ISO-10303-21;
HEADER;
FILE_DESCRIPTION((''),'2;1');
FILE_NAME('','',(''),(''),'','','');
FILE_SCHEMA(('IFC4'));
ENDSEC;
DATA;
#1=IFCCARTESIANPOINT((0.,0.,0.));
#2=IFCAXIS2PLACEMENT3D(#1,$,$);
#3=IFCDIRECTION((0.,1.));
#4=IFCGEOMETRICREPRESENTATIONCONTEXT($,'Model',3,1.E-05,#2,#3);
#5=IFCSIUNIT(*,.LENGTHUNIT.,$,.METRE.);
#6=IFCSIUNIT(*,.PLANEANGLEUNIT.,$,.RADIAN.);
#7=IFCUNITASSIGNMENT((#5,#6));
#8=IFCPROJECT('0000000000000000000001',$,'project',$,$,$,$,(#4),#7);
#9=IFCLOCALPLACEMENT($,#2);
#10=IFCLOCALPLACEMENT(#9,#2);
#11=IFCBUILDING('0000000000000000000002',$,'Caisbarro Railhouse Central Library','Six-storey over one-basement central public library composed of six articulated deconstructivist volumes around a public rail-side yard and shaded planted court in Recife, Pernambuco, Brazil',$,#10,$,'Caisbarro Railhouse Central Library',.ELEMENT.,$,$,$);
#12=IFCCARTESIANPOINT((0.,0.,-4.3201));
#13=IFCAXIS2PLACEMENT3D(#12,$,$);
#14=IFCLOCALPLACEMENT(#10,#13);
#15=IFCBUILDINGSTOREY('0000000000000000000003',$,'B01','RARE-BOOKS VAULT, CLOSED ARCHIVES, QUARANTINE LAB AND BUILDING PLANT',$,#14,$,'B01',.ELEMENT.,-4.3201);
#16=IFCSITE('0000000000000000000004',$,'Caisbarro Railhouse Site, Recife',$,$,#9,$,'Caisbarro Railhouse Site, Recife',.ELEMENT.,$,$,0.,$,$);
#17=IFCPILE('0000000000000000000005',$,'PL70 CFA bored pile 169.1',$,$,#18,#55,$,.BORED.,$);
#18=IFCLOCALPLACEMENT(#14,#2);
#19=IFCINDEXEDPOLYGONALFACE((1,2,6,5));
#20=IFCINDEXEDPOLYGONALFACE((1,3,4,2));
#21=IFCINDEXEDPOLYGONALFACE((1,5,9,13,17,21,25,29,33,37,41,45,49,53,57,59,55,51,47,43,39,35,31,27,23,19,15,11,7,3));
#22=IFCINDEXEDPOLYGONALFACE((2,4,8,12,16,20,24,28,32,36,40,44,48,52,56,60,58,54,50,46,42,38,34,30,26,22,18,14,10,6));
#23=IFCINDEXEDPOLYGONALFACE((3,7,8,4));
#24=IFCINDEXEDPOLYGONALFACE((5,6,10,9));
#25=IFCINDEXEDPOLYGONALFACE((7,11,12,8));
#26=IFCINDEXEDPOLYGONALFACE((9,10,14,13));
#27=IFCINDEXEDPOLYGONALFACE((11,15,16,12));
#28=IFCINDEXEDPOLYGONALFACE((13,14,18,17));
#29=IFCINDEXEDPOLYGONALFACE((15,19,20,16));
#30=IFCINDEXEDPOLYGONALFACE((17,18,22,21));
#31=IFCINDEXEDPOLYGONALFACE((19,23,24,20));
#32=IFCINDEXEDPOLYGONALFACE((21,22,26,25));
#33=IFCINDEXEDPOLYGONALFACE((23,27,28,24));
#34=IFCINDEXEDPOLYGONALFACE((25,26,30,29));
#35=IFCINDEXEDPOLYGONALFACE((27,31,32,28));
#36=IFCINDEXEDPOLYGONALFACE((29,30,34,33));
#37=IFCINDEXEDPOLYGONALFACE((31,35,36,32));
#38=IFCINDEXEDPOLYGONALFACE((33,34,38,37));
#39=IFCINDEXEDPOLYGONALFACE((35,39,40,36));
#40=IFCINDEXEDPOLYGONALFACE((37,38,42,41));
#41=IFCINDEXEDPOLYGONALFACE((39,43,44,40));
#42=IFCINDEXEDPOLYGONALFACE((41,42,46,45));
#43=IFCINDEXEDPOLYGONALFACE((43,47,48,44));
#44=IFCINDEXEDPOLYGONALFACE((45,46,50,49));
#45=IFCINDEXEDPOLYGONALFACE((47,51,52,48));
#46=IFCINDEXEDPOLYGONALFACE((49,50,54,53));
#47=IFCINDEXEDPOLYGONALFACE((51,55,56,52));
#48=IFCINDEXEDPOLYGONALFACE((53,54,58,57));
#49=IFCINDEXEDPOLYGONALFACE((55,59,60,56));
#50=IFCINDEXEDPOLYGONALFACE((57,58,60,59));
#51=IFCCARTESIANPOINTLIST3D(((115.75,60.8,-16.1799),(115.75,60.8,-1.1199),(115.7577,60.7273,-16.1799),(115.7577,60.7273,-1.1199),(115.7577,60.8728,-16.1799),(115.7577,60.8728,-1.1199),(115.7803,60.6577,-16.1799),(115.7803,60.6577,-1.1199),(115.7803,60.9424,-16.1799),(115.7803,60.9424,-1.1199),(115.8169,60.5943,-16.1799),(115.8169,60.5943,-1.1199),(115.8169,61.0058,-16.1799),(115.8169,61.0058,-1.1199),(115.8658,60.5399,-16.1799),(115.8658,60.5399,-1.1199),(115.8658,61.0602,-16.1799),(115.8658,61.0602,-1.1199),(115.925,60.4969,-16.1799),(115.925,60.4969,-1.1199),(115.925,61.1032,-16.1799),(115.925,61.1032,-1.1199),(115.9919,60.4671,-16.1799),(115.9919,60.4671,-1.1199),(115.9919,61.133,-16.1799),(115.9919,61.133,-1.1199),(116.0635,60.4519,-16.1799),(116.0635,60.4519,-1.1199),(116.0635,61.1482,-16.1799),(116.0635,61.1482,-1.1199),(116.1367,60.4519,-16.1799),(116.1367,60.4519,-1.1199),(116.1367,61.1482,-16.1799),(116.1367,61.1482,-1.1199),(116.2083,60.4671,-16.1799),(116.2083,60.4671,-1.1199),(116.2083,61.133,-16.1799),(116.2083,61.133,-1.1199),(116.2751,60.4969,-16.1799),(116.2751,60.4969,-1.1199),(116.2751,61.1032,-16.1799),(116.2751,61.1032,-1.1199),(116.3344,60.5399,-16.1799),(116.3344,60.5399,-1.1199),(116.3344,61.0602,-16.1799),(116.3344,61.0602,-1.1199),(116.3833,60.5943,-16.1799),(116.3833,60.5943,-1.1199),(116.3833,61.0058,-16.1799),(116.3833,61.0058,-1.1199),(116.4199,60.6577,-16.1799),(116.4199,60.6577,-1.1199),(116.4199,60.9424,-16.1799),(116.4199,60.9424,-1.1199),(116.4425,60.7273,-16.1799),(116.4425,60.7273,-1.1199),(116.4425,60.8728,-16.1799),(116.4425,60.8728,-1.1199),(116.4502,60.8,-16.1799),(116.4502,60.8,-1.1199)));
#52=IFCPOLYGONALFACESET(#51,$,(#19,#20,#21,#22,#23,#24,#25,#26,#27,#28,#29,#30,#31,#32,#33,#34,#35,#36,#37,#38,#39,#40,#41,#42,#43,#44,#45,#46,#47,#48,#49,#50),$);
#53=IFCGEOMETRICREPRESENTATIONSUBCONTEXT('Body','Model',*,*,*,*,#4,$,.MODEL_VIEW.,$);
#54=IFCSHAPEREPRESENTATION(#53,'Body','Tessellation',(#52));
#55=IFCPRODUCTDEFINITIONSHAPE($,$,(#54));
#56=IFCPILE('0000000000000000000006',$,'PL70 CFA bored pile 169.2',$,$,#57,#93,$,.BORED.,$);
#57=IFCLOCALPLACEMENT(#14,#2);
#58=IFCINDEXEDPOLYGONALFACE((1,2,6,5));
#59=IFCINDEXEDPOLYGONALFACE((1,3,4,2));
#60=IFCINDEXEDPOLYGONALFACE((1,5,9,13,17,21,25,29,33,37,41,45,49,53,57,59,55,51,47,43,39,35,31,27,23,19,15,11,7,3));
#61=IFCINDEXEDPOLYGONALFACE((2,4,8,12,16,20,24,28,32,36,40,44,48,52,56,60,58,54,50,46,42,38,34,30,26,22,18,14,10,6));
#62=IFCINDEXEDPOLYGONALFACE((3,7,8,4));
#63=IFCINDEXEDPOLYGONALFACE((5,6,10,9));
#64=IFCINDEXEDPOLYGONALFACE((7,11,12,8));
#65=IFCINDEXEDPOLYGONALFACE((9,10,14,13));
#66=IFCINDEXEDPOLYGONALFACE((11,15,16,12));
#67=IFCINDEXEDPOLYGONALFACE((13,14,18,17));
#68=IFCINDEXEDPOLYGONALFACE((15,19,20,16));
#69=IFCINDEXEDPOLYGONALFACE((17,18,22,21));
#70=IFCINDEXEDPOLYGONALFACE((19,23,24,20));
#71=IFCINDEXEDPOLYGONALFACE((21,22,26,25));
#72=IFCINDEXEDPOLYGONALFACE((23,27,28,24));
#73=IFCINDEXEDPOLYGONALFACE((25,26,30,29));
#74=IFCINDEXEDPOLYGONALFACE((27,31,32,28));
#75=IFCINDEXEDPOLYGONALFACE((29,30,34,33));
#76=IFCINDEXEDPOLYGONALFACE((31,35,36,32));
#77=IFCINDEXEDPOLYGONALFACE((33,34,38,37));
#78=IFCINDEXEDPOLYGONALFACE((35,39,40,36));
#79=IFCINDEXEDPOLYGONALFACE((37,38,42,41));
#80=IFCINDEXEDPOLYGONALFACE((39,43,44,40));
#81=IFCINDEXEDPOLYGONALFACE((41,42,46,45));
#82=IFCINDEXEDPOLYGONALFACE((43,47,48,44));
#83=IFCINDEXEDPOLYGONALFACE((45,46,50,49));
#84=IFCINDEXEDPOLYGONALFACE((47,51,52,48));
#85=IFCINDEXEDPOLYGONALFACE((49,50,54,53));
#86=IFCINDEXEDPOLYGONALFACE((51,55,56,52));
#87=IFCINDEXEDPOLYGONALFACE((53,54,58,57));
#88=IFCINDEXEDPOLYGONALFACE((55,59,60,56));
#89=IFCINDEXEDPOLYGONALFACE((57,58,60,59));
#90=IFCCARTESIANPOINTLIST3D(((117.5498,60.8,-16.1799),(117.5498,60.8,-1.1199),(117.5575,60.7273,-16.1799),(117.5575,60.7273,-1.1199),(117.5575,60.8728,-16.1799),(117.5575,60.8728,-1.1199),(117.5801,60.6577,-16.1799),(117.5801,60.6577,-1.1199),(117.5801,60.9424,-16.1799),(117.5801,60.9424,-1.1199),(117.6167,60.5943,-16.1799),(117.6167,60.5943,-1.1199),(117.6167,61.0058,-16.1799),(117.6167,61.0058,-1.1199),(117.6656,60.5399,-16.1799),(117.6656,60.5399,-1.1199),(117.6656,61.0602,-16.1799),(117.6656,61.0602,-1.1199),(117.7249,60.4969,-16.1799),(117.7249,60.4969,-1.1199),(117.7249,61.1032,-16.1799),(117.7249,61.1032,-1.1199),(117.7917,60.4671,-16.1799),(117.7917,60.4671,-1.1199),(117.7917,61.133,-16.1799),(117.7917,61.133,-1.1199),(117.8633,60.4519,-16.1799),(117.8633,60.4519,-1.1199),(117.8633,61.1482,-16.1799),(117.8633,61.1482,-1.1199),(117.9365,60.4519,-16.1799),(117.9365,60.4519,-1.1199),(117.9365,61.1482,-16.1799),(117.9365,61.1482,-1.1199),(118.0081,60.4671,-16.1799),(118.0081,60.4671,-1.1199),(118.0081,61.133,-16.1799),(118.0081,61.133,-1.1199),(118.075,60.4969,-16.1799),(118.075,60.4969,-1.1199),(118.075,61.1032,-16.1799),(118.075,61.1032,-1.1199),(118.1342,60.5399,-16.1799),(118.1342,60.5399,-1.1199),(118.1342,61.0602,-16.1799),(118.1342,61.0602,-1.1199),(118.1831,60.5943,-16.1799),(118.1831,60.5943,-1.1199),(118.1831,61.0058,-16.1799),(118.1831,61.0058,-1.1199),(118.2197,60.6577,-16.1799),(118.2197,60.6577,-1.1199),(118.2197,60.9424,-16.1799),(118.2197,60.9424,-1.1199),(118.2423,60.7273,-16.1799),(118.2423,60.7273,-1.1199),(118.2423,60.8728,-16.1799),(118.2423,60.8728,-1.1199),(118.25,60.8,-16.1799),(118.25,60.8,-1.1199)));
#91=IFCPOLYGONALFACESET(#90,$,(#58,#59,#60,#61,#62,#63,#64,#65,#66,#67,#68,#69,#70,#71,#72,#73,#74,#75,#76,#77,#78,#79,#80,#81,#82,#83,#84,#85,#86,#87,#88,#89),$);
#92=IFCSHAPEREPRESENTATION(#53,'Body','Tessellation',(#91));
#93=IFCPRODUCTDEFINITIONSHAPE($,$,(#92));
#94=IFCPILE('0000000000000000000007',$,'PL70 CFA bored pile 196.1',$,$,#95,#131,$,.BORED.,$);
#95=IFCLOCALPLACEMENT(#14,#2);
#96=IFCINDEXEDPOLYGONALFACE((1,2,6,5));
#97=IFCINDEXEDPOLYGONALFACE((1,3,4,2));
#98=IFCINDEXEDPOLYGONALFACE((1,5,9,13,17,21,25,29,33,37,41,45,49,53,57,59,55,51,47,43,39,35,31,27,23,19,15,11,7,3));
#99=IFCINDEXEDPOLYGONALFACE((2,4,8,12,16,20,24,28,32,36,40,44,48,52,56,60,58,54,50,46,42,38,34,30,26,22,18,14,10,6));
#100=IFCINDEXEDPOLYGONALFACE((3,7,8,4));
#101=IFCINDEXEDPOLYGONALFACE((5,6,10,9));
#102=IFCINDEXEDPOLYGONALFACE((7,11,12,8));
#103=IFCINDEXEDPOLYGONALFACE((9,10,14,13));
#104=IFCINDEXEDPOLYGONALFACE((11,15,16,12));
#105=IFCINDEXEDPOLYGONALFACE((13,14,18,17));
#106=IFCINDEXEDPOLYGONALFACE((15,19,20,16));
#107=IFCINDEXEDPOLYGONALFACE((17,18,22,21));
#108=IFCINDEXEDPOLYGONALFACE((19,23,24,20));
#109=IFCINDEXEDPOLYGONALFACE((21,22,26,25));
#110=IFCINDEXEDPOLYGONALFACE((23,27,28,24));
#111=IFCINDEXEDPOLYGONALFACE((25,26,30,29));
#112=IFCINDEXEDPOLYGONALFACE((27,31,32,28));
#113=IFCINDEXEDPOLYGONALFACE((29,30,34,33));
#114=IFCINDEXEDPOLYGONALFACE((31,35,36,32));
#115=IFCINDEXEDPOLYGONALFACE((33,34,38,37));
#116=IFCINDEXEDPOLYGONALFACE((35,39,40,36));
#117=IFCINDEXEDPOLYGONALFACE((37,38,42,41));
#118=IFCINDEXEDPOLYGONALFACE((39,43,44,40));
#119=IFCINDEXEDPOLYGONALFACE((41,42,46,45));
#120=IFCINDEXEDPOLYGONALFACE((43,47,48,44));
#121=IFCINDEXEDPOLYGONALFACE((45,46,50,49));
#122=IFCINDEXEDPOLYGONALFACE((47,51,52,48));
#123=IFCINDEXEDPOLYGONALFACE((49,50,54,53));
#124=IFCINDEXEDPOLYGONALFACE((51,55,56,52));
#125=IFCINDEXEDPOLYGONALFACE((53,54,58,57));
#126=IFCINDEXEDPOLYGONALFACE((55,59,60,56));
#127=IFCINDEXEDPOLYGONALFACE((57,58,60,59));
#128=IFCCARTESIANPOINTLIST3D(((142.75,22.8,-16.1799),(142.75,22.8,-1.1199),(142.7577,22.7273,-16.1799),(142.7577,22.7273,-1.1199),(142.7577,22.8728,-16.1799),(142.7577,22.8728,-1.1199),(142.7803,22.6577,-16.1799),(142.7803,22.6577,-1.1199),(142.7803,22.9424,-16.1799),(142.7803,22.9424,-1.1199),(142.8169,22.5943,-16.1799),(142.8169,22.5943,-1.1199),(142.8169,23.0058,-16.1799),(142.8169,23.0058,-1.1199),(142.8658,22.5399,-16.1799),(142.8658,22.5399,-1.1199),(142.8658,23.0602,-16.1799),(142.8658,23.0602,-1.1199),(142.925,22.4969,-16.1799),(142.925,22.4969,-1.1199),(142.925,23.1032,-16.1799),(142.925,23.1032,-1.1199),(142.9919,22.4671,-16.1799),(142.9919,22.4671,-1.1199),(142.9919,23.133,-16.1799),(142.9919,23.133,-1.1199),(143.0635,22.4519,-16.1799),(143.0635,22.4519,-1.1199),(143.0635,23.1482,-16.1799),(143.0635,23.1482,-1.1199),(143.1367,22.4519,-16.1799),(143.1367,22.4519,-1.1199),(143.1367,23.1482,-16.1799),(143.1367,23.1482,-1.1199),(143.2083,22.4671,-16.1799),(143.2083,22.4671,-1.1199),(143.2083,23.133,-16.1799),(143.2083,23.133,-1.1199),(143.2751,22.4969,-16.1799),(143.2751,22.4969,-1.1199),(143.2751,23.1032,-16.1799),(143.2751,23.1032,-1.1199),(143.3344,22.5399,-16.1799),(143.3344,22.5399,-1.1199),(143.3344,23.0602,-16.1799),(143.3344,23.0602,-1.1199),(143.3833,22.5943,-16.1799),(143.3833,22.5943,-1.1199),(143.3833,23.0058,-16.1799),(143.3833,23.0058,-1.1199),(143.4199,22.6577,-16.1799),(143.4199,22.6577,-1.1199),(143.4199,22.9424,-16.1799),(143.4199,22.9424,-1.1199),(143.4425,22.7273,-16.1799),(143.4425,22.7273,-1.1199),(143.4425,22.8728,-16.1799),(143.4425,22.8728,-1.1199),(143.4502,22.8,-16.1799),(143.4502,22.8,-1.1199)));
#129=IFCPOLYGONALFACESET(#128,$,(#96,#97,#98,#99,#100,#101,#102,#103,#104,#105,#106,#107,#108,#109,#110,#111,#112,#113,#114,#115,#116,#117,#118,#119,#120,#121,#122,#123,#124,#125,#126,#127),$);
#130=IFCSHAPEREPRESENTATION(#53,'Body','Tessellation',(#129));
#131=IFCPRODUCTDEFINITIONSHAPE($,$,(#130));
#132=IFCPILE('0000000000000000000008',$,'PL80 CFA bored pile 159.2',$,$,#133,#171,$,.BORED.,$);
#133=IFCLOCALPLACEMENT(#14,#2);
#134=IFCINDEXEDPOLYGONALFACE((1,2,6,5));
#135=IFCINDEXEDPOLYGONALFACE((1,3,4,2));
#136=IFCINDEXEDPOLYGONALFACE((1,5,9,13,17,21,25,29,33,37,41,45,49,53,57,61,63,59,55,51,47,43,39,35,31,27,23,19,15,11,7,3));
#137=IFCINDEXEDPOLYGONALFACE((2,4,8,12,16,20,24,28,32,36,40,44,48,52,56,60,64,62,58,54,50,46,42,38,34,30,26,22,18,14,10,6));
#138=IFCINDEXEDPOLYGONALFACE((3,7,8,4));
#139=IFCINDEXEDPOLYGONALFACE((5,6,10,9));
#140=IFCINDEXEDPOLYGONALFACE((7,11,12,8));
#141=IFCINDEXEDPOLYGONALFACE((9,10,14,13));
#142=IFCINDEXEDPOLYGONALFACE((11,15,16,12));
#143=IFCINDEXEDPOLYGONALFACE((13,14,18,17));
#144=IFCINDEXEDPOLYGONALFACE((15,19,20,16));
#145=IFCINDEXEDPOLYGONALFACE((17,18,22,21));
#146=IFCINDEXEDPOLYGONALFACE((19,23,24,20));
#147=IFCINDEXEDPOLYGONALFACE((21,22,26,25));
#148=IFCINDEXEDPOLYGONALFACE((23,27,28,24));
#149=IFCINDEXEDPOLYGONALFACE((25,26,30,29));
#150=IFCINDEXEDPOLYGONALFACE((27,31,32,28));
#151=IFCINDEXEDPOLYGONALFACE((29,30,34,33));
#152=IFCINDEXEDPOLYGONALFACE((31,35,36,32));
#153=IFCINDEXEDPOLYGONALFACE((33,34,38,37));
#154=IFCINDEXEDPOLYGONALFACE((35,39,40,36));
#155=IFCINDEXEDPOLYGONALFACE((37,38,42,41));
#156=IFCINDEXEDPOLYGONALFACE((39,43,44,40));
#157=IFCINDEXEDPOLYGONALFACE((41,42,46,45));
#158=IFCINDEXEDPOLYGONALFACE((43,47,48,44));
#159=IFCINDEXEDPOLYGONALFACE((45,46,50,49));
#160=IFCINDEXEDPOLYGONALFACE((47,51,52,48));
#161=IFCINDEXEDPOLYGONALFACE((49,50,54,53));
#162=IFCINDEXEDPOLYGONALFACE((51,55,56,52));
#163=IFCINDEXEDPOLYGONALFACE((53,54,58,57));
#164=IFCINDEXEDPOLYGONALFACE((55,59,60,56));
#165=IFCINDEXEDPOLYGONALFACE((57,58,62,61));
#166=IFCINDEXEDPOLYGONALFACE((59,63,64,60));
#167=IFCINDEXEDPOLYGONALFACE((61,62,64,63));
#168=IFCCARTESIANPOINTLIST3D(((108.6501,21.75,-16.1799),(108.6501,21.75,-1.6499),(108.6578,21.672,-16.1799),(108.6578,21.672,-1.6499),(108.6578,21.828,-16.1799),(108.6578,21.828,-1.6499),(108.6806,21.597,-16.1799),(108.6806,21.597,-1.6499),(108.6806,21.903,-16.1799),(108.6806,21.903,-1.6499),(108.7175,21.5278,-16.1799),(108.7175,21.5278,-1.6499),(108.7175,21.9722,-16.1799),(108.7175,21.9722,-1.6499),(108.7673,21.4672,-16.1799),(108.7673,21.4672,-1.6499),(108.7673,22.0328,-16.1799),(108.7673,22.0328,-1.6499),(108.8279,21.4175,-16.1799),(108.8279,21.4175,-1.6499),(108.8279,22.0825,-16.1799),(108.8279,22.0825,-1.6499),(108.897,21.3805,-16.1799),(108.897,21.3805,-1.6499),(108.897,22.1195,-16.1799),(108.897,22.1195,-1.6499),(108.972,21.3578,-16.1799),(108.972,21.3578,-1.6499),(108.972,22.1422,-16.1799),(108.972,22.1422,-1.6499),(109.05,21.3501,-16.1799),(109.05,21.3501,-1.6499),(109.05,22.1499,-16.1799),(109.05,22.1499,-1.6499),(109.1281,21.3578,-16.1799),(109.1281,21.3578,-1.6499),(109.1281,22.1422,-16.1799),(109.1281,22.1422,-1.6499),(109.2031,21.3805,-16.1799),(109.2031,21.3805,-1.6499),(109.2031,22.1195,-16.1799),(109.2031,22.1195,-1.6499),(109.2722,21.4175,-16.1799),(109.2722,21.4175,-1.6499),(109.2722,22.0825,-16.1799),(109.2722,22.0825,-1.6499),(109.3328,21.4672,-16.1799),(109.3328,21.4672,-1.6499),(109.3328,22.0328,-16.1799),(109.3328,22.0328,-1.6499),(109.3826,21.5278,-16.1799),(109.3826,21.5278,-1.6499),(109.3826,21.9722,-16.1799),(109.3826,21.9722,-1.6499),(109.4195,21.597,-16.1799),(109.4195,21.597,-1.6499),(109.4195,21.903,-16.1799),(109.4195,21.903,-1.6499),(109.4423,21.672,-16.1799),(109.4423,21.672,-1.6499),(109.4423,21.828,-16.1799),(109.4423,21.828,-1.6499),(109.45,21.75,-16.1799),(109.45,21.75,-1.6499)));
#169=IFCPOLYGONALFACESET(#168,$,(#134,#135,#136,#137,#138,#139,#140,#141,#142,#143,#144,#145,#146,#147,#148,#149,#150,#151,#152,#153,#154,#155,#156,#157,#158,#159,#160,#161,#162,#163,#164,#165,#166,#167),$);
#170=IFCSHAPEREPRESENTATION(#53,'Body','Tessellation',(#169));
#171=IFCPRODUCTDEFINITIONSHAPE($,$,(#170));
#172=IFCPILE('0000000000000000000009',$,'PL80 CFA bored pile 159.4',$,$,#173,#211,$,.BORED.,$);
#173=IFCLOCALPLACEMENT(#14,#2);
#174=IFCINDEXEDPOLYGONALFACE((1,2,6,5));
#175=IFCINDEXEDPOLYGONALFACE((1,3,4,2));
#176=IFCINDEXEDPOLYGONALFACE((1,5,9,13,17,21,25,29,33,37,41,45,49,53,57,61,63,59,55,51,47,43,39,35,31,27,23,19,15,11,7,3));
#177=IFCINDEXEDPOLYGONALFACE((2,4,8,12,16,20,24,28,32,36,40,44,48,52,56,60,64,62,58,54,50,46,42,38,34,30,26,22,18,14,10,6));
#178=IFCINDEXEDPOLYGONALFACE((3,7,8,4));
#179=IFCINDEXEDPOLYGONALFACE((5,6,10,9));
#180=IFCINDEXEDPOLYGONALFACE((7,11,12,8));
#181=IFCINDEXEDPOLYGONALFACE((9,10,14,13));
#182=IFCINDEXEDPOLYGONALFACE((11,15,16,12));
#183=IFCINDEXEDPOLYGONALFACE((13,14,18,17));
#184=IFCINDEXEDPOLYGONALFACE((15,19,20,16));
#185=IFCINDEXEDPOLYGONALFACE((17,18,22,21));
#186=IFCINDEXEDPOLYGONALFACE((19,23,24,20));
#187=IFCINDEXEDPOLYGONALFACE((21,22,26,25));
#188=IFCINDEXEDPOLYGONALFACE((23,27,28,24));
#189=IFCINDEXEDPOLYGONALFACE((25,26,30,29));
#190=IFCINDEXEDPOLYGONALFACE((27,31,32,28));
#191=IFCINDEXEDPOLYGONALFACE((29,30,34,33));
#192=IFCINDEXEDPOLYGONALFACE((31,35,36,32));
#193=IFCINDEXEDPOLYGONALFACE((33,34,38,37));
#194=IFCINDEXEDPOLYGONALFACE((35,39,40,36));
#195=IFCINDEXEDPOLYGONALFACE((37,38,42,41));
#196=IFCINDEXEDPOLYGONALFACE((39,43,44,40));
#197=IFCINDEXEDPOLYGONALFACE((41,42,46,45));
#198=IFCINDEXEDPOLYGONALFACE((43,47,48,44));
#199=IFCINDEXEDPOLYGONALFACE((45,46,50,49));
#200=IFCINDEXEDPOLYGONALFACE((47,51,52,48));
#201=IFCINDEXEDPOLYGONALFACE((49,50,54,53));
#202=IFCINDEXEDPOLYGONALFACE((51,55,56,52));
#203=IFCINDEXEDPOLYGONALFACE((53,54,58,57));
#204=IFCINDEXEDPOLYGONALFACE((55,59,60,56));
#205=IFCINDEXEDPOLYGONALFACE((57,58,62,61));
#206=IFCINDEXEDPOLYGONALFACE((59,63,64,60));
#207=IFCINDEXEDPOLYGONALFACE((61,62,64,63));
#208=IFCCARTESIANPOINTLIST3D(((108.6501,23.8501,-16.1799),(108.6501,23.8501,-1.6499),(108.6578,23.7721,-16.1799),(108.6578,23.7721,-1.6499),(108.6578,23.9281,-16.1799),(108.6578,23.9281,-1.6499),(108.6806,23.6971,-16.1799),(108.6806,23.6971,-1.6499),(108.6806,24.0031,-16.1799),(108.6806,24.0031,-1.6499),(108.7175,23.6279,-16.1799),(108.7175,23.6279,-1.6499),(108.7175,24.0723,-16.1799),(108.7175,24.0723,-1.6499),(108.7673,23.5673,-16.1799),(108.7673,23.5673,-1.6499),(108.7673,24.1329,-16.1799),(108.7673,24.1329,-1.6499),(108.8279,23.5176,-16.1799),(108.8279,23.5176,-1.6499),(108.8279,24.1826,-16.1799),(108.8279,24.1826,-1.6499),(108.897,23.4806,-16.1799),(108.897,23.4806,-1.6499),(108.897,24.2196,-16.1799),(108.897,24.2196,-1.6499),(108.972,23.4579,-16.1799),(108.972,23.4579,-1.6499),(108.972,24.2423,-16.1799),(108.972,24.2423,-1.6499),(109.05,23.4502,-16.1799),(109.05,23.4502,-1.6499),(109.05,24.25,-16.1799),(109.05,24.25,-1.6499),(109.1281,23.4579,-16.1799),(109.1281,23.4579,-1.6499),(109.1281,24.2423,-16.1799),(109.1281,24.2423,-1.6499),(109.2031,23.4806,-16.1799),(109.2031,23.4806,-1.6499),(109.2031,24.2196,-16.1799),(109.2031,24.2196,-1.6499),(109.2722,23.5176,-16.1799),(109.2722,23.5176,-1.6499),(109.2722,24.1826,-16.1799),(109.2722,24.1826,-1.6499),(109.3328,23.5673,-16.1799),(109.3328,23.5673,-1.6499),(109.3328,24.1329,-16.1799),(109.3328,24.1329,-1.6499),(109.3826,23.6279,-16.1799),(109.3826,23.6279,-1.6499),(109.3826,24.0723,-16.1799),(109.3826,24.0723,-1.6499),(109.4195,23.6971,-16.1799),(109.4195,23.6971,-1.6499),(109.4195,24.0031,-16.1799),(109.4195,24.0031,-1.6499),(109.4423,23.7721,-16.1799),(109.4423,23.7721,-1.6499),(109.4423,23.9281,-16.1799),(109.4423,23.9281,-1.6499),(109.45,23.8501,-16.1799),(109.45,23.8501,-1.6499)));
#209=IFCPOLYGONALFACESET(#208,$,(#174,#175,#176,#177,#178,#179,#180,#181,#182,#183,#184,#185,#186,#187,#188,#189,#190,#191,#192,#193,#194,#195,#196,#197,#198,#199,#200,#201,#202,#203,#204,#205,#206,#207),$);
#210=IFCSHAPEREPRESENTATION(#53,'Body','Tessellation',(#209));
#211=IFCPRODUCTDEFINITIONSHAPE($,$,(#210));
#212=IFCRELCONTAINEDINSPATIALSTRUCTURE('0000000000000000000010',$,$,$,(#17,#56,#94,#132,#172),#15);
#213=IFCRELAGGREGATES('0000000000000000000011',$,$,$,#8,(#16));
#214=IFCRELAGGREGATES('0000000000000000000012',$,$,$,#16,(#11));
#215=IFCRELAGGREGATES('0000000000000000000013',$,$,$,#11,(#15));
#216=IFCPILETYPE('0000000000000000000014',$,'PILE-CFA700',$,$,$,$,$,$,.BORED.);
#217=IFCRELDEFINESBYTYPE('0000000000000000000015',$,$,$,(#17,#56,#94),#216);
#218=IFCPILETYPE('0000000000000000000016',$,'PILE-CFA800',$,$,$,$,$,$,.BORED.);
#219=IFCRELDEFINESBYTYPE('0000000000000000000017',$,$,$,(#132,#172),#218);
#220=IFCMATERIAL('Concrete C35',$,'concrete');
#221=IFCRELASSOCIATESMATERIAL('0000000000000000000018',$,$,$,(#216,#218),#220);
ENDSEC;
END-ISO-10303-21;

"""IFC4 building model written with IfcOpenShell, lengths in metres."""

from ifc_helpers import new_model, si_unit, direction, frame, origin, origin_2d, place, context, subcontext, project, spatial, circle, extrude, material, material_profile, profile_set, type_object, element, save


model = new_model("IFC4")

# Units and contexts
model_context = context("Model", 3, precision=1e-05, world=origin(), true_north=direction((0.0, 1.0)))
body_context = subcontext(model_context, "Body", "Model", "MODEL_VIEW")
ifc_project = project(units=[si_unit("LENGTHUNIT", "METRE"), si_unit("PLANEANGLEUNIT", "RADIAN")], contexts=[model_context])

# Site, building, storey
site_placement = place(None, origin())
site = spatial("IfcSite", under=ifc_project, at=site_placement, Name="Caisbarro Railhouse Site, Recife", LongName="Caisbarro Railhouse Site, Recife", CompositionType="ELEMENT", RefElevation=0.0)
building_placement = place(site_placement, origin())
building = spatial("IfcBuilding", under=site, at=building_placement, Name="Caisbarro Railhouse Central Library", Description="Six-storey over one-basement central public library composed of six articulated deconstructivist volumes around a public rail-side yard and shaded planted court in Recife, Pernambuco, Brazil", LongName="Caisbarro Railhouse Central Library", CompositionType="ELEMENT")
storey_placement = place(building_placement, frame((0.0, 0.0, -4.3201)))
storey = spatial("IfcBuildingStorey", under=building, at=storey_placement, Name="B01", Description="RARE-BOOKS VAULT, CLOSED ARCHIVES, QUARANTINE LAB AND BUILDING PLANT", LongName="B01", CompositionType="ELEMENT", Elevation=-4.3201)

# Shared definitions
ifc_material_1 = material(Name="Concrete C35", Category="concrete")

# Piles
ifc_material_profile_1 = material_profile(ifc_material_1, circle(Radius=0.3501, at=origin_2d()), Name="PILE-CFA-700")
ifc_profile_set_1 = profile_set([ifc_material_profile_1], Name="Concrete C35")
pile_type_1 = type_object("IfcPileType", Name="PILE-CFA700", PredefinedType="BORED", material=ifc_profile_set_1)
for number, where, z_axis, x_axis, name in (
    (1, (116.1001, 60.8, -1.1199), (0.0, 0.0, -1.0), (1.0, 0.0, 0.0), "PL70 CFA bored pile 169.1"),
    (2, (117.8999, 60.8, -1.1199), (0.0, 0.0, -1.0), (1.0, 0.0, 0.0), "PL70 CFA bored pile 169.2"),
    (3, (143.1001, 22.8, -1.1199), (0.0, 0.0, -1.0), (1.0, 0.0, 0.0), "PL70 CFA bored pile 196.1"),
):
    element("IfcPile", number, at=place(storey_placement, frame(where, z_axis=z_axis, x_axis=x_axis)), inside=storey, type_object=pile_type_1, Name=name, PredefinedType="BORED", context=body_context, shape_type="SweptSolid", body=[
        extrude(circle(Radius=0.3501, at=origin_2d()), origin(), (0.0, 0.0, 1.0), 15.0601),
    ])
ifc_material_profile_2 = material_profile(ifc_material_1, circle(Radius=0.3999, at=origin_2d()), Name="PILE-CFA-800")
ifc_profile_set_2 = profile_set([ifc_material_profile_2], Name="Concrete C35")
pile_type_2 = type_object("IfcPileType", Name="PILE-CFA800", PredefinedType="BORED", material=ifc_profile_set_2)
for number, where, z_axis, x_axis, name in (
    (4, (109.05, 21.75, -1.6499), (0.0, 0.0, -1.0), (1.0, 0.0, 0.0), "PL80 CFA bored pile 159.2"),
    (5, (109.05, 23.8501, -1.6499), (0.0, 0.0, -1.0), (1.0, 0.0, 0.0), "PL80 CFA bored pile 159.4"),
):
    element("IfcPile", number, at=place(storey_placement, frame(where, z_axis=z_axis, x_axis=x_axis)), inside=storey, type_object=pile_type_2, Name=name, PredefinedType="BORED", context=body_context, shape_type="SweptSolid", body=[
        extrude(circle(Radius=0.3999, at=origin_2d()), origin(), (0.0, 0.0, 1.0), 14.53),
    ])

save(model, "model.ifc")
